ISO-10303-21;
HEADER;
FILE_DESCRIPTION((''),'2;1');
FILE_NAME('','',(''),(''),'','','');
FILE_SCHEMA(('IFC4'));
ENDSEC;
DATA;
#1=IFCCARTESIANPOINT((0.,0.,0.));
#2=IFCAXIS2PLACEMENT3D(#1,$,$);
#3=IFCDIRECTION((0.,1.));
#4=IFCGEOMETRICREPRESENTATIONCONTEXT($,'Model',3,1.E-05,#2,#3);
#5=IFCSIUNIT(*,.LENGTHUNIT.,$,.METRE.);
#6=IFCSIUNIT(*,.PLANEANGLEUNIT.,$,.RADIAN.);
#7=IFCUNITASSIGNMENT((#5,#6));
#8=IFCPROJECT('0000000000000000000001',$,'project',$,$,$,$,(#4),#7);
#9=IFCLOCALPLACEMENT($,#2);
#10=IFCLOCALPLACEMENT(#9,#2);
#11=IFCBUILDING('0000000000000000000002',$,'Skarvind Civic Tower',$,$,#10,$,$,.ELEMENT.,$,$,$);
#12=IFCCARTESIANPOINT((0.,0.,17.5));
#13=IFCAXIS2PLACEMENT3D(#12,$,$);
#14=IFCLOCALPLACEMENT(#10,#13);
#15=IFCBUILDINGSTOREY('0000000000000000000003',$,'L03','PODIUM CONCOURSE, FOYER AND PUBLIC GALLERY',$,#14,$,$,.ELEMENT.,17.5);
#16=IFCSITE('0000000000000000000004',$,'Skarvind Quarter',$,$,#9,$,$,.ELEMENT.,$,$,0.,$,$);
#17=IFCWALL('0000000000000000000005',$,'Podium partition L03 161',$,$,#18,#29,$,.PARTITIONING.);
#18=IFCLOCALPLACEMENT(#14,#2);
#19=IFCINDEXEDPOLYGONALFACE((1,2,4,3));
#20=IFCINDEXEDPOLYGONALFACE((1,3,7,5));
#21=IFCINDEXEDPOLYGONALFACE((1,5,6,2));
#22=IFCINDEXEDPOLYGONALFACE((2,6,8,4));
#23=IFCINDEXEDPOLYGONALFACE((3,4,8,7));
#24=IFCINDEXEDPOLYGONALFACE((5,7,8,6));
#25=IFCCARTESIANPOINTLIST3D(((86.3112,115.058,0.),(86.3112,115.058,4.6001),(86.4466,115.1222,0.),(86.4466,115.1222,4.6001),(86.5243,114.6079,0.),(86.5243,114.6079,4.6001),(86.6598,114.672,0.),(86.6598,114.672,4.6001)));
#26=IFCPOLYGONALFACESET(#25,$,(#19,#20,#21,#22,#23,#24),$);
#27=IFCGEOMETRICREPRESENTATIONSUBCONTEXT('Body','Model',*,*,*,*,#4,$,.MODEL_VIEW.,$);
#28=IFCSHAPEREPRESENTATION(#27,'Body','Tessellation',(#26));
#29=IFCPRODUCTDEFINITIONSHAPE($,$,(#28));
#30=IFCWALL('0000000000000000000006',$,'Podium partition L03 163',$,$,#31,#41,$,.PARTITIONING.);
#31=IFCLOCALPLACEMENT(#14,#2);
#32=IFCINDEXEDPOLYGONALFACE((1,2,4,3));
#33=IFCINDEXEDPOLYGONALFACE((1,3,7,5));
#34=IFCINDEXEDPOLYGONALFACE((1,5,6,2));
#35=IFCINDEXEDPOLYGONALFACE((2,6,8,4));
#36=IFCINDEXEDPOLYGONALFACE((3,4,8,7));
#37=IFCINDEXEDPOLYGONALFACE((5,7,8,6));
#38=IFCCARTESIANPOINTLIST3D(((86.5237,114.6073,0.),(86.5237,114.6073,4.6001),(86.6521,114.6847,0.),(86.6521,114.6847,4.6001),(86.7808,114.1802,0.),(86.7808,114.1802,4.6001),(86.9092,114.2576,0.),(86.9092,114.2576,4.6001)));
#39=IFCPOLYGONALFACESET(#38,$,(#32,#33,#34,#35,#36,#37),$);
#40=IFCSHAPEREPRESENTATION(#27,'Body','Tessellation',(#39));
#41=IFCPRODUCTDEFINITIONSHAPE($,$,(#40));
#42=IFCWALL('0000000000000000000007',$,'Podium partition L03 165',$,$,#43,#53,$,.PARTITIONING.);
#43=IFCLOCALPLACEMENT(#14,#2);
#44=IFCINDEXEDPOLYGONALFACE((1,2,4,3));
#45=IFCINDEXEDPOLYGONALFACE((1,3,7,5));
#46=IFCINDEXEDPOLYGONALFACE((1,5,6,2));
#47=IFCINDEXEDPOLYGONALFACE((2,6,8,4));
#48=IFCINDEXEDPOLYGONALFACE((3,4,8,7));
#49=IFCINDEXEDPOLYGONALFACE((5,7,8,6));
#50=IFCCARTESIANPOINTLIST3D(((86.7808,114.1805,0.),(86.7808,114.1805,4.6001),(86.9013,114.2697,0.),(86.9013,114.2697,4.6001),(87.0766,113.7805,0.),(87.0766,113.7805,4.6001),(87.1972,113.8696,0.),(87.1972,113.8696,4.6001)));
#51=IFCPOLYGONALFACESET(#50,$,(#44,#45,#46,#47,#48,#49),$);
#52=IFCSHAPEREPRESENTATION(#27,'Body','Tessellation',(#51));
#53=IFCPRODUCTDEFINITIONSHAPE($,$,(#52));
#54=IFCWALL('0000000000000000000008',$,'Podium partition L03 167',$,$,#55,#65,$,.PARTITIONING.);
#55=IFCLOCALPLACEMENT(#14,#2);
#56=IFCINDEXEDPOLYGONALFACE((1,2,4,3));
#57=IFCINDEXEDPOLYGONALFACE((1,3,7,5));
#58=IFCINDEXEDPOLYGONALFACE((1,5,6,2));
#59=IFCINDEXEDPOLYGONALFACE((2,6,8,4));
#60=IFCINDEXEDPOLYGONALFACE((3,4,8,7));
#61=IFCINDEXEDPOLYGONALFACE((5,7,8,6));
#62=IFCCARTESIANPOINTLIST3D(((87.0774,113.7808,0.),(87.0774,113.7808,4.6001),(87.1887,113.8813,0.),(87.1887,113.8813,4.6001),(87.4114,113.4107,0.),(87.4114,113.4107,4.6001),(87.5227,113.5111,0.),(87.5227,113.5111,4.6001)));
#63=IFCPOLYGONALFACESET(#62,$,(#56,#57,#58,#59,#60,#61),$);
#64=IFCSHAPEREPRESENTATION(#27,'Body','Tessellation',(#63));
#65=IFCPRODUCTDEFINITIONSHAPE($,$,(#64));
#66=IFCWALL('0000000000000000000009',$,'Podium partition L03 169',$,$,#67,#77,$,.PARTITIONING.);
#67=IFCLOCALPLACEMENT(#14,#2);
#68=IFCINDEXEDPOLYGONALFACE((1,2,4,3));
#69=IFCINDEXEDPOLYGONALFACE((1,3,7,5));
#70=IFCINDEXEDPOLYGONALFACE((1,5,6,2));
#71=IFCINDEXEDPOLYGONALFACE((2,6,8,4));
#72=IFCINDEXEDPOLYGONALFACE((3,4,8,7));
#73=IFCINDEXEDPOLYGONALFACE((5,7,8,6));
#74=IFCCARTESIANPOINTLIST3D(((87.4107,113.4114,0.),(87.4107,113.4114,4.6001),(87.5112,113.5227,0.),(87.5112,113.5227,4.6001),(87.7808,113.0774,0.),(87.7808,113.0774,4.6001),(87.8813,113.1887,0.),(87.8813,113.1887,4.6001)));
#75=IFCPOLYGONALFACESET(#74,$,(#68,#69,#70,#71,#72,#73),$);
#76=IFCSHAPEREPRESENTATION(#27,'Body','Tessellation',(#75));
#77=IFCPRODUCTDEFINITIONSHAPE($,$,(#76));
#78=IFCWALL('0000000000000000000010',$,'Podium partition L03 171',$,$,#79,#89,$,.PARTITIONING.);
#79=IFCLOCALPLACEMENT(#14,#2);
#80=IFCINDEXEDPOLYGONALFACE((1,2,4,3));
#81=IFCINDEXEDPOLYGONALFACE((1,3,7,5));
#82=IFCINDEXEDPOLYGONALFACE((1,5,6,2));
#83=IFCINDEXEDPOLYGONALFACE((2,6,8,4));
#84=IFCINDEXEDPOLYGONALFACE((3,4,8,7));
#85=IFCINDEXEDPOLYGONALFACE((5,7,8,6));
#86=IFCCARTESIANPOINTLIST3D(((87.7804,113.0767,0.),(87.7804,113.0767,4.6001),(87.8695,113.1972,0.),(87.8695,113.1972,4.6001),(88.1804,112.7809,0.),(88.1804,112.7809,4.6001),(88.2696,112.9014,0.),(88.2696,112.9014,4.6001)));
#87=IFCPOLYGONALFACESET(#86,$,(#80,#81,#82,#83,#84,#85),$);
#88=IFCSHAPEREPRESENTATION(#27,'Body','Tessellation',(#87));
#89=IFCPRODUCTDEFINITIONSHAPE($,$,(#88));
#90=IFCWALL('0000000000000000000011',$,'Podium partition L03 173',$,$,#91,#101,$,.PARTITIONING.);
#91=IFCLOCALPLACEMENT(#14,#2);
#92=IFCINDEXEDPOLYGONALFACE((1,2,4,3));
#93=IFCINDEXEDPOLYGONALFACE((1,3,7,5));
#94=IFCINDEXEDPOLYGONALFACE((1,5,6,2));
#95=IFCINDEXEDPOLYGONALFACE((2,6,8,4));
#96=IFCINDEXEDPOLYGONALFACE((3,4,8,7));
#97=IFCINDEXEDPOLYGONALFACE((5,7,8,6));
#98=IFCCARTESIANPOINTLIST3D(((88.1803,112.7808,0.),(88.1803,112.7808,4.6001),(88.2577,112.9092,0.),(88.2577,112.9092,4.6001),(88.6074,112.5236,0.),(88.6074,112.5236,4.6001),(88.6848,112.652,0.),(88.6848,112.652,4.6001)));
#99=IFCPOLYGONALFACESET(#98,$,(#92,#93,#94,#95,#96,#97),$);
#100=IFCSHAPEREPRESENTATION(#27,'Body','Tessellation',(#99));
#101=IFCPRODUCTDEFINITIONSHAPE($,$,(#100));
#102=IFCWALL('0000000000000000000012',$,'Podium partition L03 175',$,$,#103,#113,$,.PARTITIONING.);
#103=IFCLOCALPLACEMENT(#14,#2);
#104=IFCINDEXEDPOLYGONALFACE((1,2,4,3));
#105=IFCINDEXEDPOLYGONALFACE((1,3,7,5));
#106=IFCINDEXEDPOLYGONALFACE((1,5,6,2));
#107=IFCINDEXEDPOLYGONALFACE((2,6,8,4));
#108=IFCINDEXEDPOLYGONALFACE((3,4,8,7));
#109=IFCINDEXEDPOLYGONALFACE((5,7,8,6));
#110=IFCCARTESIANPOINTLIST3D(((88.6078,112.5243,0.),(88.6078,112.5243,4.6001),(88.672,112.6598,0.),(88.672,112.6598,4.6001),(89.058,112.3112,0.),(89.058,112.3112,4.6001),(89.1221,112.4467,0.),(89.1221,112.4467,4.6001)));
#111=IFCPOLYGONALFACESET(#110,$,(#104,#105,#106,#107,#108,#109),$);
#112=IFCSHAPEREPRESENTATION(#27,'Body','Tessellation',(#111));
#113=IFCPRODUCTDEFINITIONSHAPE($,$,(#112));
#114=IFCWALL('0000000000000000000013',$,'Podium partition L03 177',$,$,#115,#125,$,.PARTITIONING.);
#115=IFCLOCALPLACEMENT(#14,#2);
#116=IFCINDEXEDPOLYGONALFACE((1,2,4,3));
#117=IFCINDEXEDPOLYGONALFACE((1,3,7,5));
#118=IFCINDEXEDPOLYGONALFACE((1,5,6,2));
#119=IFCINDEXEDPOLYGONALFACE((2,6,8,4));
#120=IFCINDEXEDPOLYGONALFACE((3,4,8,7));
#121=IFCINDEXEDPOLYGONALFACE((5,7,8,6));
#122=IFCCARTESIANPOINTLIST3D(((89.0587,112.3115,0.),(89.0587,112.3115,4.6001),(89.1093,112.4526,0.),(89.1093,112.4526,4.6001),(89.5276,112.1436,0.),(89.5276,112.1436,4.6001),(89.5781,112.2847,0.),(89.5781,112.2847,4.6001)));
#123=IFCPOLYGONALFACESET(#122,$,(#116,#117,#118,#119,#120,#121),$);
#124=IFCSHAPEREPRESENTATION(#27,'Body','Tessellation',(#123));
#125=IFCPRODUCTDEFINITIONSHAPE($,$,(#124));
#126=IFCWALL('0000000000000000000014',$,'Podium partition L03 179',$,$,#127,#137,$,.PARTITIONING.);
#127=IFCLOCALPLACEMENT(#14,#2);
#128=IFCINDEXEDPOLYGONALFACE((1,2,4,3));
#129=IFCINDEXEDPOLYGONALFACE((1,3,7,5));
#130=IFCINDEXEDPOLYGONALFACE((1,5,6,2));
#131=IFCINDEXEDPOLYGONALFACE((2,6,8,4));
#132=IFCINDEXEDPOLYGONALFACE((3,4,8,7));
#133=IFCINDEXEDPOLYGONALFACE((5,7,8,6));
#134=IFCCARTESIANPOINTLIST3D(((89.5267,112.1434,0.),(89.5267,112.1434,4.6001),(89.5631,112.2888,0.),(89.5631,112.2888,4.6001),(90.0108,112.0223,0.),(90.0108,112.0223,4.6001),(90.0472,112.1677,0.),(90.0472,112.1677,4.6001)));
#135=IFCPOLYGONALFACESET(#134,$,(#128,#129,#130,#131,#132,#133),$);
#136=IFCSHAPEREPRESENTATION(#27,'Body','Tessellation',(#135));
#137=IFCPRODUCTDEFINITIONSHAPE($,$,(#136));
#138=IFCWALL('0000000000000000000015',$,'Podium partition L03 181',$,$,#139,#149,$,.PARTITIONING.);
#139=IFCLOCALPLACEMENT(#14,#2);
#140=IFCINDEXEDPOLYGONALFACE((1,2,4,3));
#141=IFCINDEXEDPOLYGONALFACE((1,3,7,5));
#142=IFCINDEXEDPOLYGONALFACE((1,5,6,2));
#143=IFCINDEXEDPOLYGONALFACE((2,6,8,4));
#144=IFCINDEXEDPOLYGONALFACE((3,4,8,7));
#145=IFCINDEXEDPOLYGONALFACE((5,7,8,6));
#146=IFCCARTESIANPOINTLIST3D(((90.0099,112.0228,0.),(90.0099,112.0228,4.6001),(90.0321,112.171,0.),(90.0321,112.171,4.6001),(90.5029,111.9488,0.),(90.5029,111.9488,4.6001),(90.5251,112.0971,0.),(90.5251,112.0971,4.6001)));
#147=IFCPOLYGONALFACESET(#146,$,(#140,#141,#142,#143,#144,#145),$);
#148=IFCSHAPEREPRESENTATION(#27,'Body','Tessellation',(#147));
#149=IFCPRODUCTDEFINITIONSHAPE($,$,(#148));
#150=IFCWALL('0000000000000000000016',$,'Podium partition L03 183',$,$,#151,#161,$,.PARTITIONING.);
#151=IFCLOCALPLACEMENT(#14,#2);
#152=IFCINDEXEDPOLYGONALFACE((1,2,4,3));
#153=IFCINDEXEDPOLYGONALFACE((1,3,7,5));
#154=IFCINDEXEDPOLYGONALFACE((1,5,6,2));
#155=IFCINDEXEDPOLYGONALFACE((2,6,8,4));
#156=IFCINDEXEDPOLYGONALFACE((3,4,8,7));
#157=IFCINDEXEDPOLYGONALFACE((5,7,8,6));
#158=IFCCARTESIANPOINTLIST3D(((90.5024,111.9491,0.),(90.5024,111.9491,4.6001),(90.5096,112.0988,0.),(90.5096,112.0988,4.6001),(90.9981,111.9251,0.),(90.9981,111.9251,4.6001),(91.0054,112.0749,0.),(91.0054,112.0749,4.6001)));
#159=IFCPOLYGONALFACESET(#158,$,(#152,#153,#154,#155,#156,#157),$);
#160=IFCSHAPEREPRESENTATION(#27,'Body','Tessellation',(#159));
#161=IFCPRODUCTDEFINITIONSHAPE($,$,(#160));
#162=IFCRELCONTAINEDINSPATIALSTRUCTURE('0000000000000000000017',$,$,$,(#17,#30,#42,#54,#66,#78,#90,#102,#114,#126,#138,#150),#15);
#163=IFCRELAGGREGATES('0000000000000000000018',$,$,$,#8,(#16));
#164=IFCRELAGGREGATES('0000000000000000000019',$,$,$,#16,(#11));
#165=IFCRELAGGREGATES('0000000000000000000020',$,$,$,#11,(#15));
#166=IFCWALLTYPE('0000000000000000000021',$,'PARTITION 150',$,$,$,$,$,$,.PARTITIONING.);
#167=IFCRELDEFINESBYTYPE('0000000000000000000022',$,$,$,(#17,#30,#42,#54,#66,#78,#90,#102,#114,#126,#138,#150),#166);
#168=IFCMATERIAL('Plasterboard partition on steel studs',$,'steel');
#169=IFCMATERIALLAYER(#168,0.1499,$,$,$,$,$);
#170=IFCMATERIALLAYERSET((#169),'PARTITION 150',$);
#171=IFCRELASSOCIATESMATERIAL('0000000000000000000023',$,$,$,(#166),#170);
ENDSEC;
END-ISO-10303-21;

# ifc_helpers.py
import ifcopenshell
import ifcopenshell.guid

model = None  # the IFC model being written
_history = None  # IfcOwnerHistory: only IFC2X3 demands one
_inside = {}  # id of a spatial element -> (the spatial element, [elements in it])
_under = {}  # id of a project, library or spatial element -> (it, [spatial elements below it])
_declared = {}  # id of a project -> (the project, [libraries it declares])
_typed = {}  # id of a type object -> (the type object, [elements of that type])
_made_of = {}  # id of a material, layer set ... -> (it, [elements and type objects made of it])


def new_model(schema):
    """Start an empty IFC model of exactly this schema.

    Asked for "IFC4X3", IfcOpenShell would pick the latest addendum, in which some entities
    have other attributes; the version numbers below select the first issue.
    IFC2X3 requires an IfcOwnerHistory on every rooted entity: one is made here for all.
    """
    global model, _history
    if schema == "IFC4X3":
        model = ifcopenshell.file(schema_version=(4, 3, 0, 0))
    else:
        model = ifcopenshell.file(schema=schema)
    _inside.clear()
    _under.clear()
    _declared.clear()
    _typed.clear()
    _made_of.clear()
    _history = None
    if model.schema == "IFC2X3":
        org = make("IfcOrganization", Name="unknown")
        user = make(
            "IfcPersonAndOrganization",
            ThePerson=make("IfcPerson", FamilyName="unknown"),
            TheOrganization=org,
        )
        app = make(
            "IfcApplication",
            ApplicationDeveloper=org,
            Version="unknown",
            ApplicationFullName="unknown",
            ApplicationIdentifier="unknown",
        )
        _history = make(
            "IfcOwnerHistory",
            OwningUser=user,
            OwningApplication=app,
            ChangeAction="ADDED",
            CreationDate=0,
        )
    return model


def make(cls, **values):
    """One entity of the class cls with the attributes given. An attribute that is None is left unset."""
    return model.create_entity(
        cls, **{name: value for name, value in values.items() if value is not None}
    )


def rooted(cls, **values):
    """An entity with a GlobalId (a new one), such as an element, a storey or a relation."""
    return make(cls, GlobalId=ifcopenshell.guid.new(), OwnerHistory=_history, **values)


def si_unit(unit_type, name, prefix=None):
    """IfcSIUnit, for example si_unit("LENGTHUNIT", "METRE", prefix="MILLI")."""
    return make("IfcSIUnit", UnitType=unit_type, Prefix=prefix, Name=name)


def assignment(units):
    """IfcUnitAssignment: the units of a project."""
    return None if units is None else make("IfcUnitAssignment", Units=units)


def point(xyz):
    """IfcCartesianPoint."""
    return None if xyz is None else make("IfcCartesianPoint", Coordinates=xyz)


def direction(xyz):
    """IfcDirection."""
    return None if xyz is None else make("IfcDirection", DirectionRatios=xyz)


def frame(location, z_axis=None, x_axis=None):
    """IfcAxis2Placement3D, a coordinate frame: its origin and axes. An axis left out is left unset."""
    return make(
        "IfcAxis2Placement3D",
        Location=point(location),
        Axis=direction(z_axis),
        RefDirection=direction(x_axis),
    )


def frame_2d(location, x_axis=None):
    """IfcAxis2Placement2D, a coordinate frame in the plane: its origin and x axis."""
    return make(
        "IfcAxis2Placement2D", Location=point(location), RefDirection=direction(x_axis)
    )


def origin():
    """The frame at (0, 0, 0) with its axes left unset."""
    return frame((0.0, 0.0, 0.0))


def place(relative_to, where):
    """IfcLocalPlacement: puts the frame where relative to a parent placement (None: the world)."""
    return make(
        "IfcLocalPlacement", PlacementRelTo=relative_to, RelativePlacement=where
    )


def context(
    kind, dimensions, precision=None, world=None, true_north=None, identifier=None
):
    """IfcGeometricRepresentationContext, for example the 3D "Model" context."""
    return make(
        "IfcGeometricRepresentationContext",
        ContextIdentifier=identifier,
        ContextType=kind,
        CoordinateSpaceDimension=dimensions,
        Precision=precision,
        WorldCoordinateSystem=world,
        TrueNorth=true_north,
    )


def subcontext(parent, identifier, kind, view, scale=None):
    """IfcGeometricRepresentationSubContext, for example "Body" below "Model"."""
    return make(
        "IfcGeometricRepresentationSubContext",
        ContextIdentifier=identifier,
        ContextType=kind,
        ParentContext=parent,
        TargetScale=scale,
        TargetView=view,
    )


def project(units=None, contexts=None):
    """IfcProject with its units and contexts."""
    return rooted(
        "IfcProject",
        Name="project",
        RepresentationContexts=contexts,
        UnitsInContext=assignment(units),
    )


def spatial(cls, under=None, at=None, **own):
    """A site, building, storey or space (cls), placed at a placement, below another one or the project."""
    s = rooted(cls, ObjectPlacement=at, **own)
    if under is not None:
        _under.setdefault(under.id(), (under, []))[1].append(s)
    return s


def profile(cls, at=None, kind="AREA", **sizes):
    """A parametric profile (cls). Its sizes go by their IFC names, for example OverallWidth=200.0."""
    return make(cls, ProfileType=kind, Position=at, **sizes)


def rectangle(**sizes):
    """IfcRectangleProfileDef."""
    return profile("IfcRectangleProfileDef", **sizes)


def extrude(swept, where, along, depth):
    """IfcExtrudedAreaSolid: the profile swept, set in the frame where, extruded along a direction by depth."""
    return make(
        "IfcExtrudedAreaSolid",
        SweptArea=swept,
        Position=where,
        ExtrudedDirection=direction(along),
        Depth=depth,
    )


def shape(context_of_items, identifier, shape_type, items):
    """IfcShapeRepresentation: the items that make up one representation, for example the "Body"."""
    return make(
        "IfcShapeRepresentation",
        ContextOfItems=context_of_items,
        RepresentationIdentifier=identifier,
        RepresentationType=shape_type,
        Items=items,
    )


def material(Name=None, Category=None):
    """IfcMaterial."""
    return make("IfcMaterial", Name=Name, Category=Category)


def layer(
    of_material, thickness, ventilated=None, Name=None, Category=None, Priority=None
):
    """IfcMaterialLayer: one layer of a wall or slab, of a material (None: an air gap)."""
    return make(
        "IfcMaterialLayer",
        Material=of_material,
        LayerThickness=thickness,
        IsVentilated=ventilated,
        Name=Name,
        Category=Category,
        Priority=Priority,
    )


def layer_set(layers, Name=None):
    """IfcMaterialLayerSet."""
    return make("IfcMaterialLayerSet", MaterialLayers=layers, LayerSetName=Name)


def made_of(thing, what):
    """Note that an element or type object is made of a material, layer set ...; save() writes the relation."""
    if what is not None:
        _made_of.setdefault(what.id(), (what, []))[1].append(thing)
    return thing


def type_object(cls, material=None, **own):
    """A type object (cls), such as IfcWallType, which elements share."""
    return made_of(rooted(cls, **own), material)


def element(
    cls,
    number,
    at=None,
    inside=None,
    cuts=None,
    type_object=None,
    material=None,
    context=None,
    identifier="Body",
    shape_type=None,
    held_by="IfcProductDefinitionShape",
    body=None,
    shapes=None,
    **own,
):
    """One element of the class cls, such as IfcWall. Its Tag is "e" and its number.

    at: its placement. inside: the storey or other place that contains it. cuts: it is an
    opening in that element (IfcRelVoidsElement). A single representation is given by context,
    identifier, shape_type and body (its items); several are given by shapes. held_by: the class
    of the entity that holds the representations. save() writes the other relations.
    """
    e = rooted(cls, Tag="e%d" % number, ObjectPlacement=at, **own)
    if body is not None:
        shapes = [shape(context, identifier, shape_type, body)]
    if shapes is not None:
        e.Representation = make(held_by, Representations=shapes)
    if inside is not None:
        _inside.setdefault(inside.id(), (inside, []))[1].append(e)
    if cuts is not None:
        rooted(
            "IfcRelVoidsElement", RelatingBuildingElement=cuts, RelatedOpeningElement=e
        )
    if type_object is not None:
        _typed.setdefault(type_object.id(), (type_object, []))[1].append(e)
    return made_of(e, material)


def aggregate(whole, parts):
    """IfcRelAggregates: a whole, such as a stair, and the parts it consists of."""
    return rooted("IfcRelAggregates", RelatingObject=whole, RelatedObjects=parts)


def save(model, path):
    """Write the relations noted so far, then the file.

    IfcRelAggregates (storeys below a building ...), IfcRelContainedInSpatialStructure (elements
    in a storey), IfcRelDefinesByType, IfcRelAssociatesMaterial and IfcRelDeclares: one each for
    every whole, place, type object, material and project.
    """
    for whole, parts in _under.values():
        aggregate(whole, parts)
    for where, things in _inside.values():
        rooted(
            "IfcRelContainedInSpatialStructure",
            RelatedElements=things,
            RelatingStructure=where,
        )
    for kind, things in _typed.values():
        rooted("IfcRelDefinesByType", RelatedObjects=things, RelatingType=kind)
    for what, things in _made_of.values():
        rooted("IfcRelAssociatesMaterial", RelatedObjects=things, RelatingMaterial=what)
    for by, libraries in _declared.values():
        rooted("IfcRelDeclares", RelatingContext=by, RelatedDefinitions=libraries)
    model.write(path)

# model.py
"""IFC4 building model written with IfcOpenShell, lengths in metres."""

from ifc_helpers import new_model, si_unit, direction, frame, frame_2d, origin, place, context, subcontext, project, spatial, rectangle, extrude, material, layer, layer_set, type_object, element, save


model = new_model("IFC4")

# Units and contexts
model_context = context("Model", 3, precision=1e-05, world=origin(), true_north=direction((0.0, 1.0)))
body_context = subcontext(model_context, "Body", "Model", "MODEL_VIEW")
ifc_project = project(units=[si_unit("LENGTHUNIT", "METRE"), si_unit("PLANEANGLEUNIT", "RADIAN")], contexts=[model_context])

# Site, building, storey
site_placement = place(None, origin())
site = spatial("IfcSite", under=ifc_project, at=site_placement, Name="Skarvind Quarter", CompositionType="ELEMENT", RefElevation=0.0)
building_placement = place(site_placement, origin())
building = spatial("IfcBuilding", under=site, at=building_placement, Name="Skarvind Civic Tower", CompositionType="ELEMENT")
storey_placement = place(building_placement, frame((0.0, 0.0, 17.5)))
storey = spatial("IfcBuildingStorey", under=building, at=storey_placement, Name="L03", Description="PODIUM CONCOURSE, FOYER AND PUBLIC GALLERY", CompositionType="ELEMENT", Elevation=17.5)

# Walls
ifc_material_1 = material(Name="Plasterboard partition on steel studs", Category="steel")
ifc_layer_1 = layer(ifc_material_1, 0.1499)
ifc_layer_set_1 = layer_set([ifc_layer_1], Name="PARTITION 150")
wall_type_1 = type_object("IfcWallType", Name="PARTITION 150", PredefinedType="PARTITIONING", material=ifc_layer_set_1)
for number, where, z_axis, x_axis, name in (
    (1, (86.3789, 115.0901, 0.0), (0.0, 0.0, 1.0), (0.427897, -0.903828, 0.0), "Podium partition L03 161"),
):
    element("IfcWall", number, at=place(storey_placement, frame(where, z_axis=z_axis, x_axis=x_axis)), inside=storey, type_object=wall_type_1, Name=name, PredefinedType="PARTITIONING", context=body_context, shape_type="SweptSolid", body=[
        extrude(rectangle(XDim=0.498, YDim=0.1499, at=frame_2d((0.249, 0.0))), origin(), (0.0, 0.0, 1.0), 4.6001),
    ])
wall_1_placement = place(storey_placement, frame((86.5879, 114.646, 0.0), z_axis=(0.0, 0.0, 1.0), x_axis=(0.515792, -0.856714, 0.0)))
element("IfcWall", 2, at=wall_1_placement, inside=storey, type_object=wall_type_1, Name="Podium partition L03 163", PredefinedType="PARTITIONING", context=body_context, shape_type="SweptSolid", body=[
    extrude(rectangle(XDim=0.4985, YDim=0.1499, at=frame_2d((0.2493, 0.0))), origin(), (0.0, 0.0, 1.0), 4.6001),
])
wall_2_placement = place(storey_placement, frame((86.8411, 114.2251, 0.0), z_axis=(0.0, 0.0, 1.0), x_axis=(0.59457, -0.804044, 0.0)))
element("IfcWall", 3, at=wall_2_placement, inside=storey, type_object=wall_type_1, Name="Podium partition L03 165", PredefinedType="PARTITIONING", context=body_context, shape_type="SweptSolid", body=[
    extrude(rectangle(XDim=0.4976, YDim=0.1499, at=frame_2d((0.2488, 0.0))), origin(), (0.0, 0.0, 1.0), 4.6001),
])
for number, where, z_axis, x_axis, name in (
    (4, (87.1331, 113.8311, 0.0), (0.0, 0.0, 1.0), (0.669938, -0.742417, 0.0), "Podium partition L03 167"),
    (5, (87.4609, 113.467, 0.0), (0.0, 0.0, 1.0), (0.742417, -0.669938, 0.0), "Podium partition L03 169"),
):
    element("IfcWall", number, at=place(storey_placement, frame(where, z_axis=z_axis, x_axis=x_axis)), inside=storey, type_object=wall_type_1, Name=name, PredefinedType="PARTITIONING", context=body_context, shape_type="SweptSolid", body=[
        extrude(rectangle(XDim=0.4985, YDim=0.1499, at=frame_2d((0.2493, 0.0))), origin(), (0.0, 0.0, 1.0), 4.6001),
    ])
wall_3_placement = place(storey_placement, frame((87.825, 113.137, 0.0), z_axis=(0.0, 0.0, 1.0), x_axis=(0.804044, -0.59457, 0.0)))
element("IfcWall", 6, at=wall_3_placement, inside=storey, type_object=wall_type_1, Name="Podium partition L03 171", PredefinedType="PARTITIONING", context=body_context, shape_type="SweptSolid", body=[
    extrude(rectangle(XDim=0.4976, YDim=0.1499, at=frame_2d((0.2488, 0.0))), origin(), (0.0, 0.0, 1.0), 4.6001),
])
wall_4_placement = place(storey_placement, frame((88.219, 112.845, 0.0), z_axis=(0.0, 0.0, 1.0), x_axis=(0.856714, -0.515792, 0.0)))
element("IfcWall", 7, at=wall_4_placement, inside=storey, type_object=wall_type_1, Name="Podium partition L03 173", PredefinedType="PARTITIONING", context=body_context, shape_type="SweptSolid", body=[
    extrude(rectangle(XDim=0.4985, YDim=0.1499, at=frame_2d((0.2493, 0.0))), origin(), (0.0, 0.0, 1.0), 4.6001),
])
for number, where, z_axis, x_axis, name in (
    (8, (88.6399, 112.592, 0.0), (0.0, 0.0, 1.0), (0.903828, -0.427897, 0.0), "Podium partition L03 175"),
    (9, (89.084, 112.3821, 0.0), (0.0, 0.0, 1.0), (0.941442, -0.337174, 0.0), "Podium partition L03 177"),
):
    element("IfcWall", number, at=place(storey_placement, frame(where, z_axis=z_axis, x_axis=x_axis)), inside=storey, type_object=wall_type_1, Name=name, PredefinedType="PARTITIONING", context=body_context, shape_type="SweptSolid", body=[
        extrude(rectangle(XDim=0.498, YDim=0.1499, at=frame_2d((0.249, 0.0))), origin(), (0.0, 0.0, 1.0), 4.6001),
    ])
wall_5_placement = place(storey_placement, frame((89.5449, 112.2161, 0.0), z_axis=(0.0, 0.0, 1.0), x_axis=(0.970114, -0.242651, 0.0)))
element("IfcWall", 10, at=wall_5_placement, inside=storey, type_object=wall_type_1, Name="Podium partition L03 179", PredefinedType="PARTITIONING", context=body_context, shape_type="SweptSolid", body=[
    extrude(rectangle(XDim=0.499, YDim=0.1499, at=frame_2d((0.2495, 0.0))), origin(), (0.0, 0.0, 1.0), 4.6001),
])
wall_6_placement = place(storey_placement, frame((90.021, 112.0969, 0.0), z_axis=(0.0, 0.0, 1.0), x_axis=(0.988926, -0.148412, 0.0)))
element("IfcWall", 11, at=wall_6_placement, inside=storey, type_object=wall_type_1, Name="Podium partition L03 181", PredefinedType="PARTITIONING", context=body_context, shape_type="SweptSolid", body=[
    extrude(rectangle(XDim=0.4985, YDim=0.1499, at=frame_2d((0.2493, 0.0))), origin(), (0.0, 0.0, 1.0), 4.6001),
])
wall_7_placement = place(storey_placement, frame((90.5061, 112.0239, 0.0), z_axis=(0.0, 0.0, 1.0), x_axis=(0.998838, -0.048196, 0.0)))
element("IfcWall", 12, at=wall_7_placement, inside=storey, type_object=wall_type_1, Name="Podium partition L03 183", PredefinedType="PARTITIONING", context=body_context, shape_type="SweptSolid", body=[
    extrude(rectangle(XDim=0.4963, YDim=0.1499, at=frame_2d((0.248, 0.0))), origin(), (0.0, 0.0, 1.0), 4.6001),
])

save(model, "model.ifc")
